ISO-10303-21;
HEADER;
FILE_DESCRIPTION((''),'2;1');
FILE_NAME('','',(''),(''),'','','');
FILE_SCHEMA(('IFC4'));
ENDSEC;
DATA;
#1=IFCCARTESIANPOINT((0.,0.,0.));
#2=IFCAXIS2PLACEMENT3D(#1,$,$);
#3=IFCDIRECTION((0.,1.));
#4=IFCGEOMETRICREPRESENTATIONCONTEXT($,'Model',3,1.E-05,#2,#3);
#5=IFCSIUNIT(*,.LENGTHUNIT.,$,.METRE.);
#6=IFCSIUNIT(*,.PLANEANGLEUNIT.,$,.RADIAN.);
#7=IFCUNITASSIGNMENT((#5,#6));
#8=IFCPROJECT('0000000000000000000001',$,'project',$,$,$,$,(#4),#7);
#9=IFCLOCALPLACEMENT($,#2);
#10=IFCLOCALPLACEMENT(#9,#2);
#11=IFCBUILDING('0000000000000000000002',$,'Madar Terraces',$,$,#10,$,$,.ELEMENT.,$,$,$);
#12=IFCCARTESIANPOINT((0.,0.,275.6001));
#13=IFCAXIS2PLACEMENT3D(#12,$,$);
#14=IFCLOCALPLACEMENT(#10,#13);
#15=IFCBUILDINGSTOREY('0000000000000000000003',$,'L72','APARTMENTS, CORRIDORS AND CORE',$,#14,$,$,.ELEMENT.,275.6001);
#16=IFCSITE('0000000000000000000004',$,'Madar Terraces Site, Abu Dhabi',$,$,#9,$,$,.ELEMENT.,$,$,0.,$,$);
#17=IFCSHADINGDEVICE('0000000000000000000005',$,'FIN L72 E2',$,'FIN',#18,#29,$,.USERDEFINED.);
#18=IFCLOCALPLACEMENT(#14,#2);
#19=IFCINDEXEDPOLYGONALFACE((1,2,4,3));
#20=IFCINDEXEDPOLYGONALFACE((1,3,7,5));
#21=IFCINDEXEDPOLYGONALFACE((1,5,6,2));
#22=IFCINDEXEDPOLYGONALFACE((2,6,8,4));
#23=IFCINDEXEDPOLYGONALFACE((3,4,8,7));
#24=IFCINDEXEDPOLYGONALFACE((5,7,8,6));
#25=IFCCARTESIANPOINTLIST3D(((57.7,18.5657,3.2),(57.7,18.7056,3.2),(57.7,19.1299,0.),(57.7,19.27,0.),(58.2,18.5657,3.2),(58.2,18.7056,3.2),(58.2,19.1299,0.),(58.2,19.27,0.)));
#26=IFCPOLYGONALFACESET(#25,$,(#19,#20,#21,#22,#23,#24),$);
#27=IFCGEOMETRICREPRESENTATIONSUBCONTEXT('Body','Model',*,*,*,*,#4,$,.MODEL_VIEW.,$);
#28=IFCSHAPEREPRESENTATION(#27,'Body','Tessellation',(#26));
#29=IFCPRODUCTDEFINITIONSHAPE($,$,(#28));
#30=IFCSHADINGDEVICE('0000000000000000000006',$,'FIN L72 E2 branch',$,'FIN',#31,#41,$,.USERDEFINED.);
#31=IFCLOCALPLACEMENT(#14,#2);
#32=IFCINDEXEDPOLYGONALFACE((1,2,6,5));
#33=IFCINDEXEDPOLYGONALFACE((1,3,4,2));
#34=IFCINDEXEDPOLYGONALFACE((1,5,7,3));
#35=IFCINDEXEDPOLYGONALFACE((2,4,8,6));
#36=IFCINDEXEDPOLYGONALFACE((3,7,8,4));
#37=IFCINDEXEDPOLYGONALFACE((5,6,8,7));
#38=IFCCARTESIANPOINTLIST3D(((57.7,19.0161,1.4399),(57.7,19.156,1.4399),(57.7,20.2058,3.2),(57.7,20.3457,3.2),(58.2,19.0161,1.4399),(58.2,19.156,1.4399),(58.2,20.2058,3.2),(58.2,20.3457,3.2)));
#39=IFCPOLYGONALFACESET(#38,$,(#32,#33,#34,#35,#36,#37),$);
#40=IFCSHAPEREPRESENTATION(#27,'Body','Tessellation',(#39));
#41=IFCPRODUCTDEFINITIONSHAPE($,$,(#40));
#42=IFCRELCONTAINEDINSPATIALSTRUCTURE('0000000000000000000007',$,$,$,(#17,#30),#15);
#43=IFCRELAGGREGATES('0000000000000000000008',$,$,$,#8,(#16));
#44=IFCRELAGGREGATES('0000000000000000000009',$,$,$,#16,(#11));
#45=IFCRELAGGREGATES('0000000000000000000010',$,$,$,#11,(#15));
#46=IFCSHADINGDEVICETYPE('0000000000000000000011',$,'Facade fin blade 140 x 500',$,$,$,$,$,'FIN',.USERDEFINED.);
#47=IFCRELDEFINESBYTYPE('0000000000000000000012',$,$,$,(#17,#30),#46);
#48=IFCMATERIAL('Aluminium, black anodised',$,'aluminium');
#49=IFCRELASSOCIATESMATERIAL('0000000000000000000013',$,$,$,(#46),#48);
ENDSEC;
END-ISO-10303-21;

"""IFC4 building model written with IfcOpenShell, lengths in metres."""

from ifc_helpers import new_model, si_unit, direction, frame, origin, place, context, subcontext, project, spatial, polyline, outline, extrude, material, type_object, element, save


model = new_model("IFC4")

# Units and contexts
model_context = context("Model", 3, precision=1e-05, world=origin(), true_north=direction((0.0, 1.0)))
body_context = subcontext(model_context, "Body", "Model", "MODEL_VIEW")
ifc_project = project(units=[si_unit("LENGTHUNIT", "METRE"), si_unit("PLANEANGLEUNIT", "RADIAN")], contexts=[model_context])

# Site, building, storey
site_placement = place(None, origin())
site = spatial("IfcSite", under=ifc_project, at=site_placement, Name="Madar Terraces Site, Abu Dhabi", CompositionType="ELEMENT", RefElevation=0.0)
building_placement = place(site_placement, origin())
building = spatial("IfcBuilding", under=site, at=building_placement, Name="Madar Terraces", CompositionType="ELEMENT")
storey_placement = place(building_placement, frame((0.0, 0.0, 275.6001)))
storey = spatial("IfcBuildingStorey", under=building, at=storey_placement, Name="L72", Description="APARTMENTS, CORRIDORS AND CORE", CompositionType="ELEMENT", Elevation=275.6001)

# Shading devices
ifc_material_1 = material(Name="Aluminium, black anodised", Category="aluminium")
shading_device_type = type_object("IfcShadingDeviceType", Name="Facade fin blade 140 x 500", ElementType="FIN", PredefinedType="USERDEFINED", material=ifc_material_1)
shading_device_1_placement = place(storey_placement, frame((57.95, 19.1299, 0.0), z_axis=(0.0, 0.0, 1.0), x_axis=(0.0, 1.0, 0.0)))
element("IfcShadingDevice", 1, at=shading_device_1_placement, inside=storey, type_object=shading_device_type, Name="FIN L72 E2", ObjectType="FIN", PredefinedType="USERDEFINED", context=body_context, shape_type="SweptSolid", body=[
    extrude(outline(polyline([(0.0, 0.0), (0.1401, 0.0), (-0.4243, 3.2), (-0.5642, 3.2), (0.0, 0.0)])), frame((0.0, 0.25, 0.0), z_axis=(0.0, -1.0, 0.0), x_axis=(1.0, 0.0, 0.0)), (0.0, 0.0, 1.0), 0.5),
])
shading_device_2_placement = place(storey_placement, frame((57.95, 19.0161, 1.4399), z_axis=(0.0, 0.0, 1.0), x_axis=(0.0, 1.0, 0.0)))
element("IfcShadingDevice", 2, at=shading_device_2_placement, inside=storey, type_object=shading_device_type, Name="FIN L72 E2 branch", ObjectType="FIN", PredefinedType="USERDEFINED", context=body_context, shape_type="SweptSolid", body=[
    extrude(outline(polyline([(0.0, 0.0), (0.1399, 0.0), (1.3296, 1.76), (1.1897, 1.76), (0.0, 0.0)])), frame((0.0, 0.25, 0.0), z_axis=(0.0, -1.0, 0.0), x_axis=(1.0, 0.0, 0.0)), (0.0, 0.0, 1.0), 0.5),
])

save(model, "model.ifc")
